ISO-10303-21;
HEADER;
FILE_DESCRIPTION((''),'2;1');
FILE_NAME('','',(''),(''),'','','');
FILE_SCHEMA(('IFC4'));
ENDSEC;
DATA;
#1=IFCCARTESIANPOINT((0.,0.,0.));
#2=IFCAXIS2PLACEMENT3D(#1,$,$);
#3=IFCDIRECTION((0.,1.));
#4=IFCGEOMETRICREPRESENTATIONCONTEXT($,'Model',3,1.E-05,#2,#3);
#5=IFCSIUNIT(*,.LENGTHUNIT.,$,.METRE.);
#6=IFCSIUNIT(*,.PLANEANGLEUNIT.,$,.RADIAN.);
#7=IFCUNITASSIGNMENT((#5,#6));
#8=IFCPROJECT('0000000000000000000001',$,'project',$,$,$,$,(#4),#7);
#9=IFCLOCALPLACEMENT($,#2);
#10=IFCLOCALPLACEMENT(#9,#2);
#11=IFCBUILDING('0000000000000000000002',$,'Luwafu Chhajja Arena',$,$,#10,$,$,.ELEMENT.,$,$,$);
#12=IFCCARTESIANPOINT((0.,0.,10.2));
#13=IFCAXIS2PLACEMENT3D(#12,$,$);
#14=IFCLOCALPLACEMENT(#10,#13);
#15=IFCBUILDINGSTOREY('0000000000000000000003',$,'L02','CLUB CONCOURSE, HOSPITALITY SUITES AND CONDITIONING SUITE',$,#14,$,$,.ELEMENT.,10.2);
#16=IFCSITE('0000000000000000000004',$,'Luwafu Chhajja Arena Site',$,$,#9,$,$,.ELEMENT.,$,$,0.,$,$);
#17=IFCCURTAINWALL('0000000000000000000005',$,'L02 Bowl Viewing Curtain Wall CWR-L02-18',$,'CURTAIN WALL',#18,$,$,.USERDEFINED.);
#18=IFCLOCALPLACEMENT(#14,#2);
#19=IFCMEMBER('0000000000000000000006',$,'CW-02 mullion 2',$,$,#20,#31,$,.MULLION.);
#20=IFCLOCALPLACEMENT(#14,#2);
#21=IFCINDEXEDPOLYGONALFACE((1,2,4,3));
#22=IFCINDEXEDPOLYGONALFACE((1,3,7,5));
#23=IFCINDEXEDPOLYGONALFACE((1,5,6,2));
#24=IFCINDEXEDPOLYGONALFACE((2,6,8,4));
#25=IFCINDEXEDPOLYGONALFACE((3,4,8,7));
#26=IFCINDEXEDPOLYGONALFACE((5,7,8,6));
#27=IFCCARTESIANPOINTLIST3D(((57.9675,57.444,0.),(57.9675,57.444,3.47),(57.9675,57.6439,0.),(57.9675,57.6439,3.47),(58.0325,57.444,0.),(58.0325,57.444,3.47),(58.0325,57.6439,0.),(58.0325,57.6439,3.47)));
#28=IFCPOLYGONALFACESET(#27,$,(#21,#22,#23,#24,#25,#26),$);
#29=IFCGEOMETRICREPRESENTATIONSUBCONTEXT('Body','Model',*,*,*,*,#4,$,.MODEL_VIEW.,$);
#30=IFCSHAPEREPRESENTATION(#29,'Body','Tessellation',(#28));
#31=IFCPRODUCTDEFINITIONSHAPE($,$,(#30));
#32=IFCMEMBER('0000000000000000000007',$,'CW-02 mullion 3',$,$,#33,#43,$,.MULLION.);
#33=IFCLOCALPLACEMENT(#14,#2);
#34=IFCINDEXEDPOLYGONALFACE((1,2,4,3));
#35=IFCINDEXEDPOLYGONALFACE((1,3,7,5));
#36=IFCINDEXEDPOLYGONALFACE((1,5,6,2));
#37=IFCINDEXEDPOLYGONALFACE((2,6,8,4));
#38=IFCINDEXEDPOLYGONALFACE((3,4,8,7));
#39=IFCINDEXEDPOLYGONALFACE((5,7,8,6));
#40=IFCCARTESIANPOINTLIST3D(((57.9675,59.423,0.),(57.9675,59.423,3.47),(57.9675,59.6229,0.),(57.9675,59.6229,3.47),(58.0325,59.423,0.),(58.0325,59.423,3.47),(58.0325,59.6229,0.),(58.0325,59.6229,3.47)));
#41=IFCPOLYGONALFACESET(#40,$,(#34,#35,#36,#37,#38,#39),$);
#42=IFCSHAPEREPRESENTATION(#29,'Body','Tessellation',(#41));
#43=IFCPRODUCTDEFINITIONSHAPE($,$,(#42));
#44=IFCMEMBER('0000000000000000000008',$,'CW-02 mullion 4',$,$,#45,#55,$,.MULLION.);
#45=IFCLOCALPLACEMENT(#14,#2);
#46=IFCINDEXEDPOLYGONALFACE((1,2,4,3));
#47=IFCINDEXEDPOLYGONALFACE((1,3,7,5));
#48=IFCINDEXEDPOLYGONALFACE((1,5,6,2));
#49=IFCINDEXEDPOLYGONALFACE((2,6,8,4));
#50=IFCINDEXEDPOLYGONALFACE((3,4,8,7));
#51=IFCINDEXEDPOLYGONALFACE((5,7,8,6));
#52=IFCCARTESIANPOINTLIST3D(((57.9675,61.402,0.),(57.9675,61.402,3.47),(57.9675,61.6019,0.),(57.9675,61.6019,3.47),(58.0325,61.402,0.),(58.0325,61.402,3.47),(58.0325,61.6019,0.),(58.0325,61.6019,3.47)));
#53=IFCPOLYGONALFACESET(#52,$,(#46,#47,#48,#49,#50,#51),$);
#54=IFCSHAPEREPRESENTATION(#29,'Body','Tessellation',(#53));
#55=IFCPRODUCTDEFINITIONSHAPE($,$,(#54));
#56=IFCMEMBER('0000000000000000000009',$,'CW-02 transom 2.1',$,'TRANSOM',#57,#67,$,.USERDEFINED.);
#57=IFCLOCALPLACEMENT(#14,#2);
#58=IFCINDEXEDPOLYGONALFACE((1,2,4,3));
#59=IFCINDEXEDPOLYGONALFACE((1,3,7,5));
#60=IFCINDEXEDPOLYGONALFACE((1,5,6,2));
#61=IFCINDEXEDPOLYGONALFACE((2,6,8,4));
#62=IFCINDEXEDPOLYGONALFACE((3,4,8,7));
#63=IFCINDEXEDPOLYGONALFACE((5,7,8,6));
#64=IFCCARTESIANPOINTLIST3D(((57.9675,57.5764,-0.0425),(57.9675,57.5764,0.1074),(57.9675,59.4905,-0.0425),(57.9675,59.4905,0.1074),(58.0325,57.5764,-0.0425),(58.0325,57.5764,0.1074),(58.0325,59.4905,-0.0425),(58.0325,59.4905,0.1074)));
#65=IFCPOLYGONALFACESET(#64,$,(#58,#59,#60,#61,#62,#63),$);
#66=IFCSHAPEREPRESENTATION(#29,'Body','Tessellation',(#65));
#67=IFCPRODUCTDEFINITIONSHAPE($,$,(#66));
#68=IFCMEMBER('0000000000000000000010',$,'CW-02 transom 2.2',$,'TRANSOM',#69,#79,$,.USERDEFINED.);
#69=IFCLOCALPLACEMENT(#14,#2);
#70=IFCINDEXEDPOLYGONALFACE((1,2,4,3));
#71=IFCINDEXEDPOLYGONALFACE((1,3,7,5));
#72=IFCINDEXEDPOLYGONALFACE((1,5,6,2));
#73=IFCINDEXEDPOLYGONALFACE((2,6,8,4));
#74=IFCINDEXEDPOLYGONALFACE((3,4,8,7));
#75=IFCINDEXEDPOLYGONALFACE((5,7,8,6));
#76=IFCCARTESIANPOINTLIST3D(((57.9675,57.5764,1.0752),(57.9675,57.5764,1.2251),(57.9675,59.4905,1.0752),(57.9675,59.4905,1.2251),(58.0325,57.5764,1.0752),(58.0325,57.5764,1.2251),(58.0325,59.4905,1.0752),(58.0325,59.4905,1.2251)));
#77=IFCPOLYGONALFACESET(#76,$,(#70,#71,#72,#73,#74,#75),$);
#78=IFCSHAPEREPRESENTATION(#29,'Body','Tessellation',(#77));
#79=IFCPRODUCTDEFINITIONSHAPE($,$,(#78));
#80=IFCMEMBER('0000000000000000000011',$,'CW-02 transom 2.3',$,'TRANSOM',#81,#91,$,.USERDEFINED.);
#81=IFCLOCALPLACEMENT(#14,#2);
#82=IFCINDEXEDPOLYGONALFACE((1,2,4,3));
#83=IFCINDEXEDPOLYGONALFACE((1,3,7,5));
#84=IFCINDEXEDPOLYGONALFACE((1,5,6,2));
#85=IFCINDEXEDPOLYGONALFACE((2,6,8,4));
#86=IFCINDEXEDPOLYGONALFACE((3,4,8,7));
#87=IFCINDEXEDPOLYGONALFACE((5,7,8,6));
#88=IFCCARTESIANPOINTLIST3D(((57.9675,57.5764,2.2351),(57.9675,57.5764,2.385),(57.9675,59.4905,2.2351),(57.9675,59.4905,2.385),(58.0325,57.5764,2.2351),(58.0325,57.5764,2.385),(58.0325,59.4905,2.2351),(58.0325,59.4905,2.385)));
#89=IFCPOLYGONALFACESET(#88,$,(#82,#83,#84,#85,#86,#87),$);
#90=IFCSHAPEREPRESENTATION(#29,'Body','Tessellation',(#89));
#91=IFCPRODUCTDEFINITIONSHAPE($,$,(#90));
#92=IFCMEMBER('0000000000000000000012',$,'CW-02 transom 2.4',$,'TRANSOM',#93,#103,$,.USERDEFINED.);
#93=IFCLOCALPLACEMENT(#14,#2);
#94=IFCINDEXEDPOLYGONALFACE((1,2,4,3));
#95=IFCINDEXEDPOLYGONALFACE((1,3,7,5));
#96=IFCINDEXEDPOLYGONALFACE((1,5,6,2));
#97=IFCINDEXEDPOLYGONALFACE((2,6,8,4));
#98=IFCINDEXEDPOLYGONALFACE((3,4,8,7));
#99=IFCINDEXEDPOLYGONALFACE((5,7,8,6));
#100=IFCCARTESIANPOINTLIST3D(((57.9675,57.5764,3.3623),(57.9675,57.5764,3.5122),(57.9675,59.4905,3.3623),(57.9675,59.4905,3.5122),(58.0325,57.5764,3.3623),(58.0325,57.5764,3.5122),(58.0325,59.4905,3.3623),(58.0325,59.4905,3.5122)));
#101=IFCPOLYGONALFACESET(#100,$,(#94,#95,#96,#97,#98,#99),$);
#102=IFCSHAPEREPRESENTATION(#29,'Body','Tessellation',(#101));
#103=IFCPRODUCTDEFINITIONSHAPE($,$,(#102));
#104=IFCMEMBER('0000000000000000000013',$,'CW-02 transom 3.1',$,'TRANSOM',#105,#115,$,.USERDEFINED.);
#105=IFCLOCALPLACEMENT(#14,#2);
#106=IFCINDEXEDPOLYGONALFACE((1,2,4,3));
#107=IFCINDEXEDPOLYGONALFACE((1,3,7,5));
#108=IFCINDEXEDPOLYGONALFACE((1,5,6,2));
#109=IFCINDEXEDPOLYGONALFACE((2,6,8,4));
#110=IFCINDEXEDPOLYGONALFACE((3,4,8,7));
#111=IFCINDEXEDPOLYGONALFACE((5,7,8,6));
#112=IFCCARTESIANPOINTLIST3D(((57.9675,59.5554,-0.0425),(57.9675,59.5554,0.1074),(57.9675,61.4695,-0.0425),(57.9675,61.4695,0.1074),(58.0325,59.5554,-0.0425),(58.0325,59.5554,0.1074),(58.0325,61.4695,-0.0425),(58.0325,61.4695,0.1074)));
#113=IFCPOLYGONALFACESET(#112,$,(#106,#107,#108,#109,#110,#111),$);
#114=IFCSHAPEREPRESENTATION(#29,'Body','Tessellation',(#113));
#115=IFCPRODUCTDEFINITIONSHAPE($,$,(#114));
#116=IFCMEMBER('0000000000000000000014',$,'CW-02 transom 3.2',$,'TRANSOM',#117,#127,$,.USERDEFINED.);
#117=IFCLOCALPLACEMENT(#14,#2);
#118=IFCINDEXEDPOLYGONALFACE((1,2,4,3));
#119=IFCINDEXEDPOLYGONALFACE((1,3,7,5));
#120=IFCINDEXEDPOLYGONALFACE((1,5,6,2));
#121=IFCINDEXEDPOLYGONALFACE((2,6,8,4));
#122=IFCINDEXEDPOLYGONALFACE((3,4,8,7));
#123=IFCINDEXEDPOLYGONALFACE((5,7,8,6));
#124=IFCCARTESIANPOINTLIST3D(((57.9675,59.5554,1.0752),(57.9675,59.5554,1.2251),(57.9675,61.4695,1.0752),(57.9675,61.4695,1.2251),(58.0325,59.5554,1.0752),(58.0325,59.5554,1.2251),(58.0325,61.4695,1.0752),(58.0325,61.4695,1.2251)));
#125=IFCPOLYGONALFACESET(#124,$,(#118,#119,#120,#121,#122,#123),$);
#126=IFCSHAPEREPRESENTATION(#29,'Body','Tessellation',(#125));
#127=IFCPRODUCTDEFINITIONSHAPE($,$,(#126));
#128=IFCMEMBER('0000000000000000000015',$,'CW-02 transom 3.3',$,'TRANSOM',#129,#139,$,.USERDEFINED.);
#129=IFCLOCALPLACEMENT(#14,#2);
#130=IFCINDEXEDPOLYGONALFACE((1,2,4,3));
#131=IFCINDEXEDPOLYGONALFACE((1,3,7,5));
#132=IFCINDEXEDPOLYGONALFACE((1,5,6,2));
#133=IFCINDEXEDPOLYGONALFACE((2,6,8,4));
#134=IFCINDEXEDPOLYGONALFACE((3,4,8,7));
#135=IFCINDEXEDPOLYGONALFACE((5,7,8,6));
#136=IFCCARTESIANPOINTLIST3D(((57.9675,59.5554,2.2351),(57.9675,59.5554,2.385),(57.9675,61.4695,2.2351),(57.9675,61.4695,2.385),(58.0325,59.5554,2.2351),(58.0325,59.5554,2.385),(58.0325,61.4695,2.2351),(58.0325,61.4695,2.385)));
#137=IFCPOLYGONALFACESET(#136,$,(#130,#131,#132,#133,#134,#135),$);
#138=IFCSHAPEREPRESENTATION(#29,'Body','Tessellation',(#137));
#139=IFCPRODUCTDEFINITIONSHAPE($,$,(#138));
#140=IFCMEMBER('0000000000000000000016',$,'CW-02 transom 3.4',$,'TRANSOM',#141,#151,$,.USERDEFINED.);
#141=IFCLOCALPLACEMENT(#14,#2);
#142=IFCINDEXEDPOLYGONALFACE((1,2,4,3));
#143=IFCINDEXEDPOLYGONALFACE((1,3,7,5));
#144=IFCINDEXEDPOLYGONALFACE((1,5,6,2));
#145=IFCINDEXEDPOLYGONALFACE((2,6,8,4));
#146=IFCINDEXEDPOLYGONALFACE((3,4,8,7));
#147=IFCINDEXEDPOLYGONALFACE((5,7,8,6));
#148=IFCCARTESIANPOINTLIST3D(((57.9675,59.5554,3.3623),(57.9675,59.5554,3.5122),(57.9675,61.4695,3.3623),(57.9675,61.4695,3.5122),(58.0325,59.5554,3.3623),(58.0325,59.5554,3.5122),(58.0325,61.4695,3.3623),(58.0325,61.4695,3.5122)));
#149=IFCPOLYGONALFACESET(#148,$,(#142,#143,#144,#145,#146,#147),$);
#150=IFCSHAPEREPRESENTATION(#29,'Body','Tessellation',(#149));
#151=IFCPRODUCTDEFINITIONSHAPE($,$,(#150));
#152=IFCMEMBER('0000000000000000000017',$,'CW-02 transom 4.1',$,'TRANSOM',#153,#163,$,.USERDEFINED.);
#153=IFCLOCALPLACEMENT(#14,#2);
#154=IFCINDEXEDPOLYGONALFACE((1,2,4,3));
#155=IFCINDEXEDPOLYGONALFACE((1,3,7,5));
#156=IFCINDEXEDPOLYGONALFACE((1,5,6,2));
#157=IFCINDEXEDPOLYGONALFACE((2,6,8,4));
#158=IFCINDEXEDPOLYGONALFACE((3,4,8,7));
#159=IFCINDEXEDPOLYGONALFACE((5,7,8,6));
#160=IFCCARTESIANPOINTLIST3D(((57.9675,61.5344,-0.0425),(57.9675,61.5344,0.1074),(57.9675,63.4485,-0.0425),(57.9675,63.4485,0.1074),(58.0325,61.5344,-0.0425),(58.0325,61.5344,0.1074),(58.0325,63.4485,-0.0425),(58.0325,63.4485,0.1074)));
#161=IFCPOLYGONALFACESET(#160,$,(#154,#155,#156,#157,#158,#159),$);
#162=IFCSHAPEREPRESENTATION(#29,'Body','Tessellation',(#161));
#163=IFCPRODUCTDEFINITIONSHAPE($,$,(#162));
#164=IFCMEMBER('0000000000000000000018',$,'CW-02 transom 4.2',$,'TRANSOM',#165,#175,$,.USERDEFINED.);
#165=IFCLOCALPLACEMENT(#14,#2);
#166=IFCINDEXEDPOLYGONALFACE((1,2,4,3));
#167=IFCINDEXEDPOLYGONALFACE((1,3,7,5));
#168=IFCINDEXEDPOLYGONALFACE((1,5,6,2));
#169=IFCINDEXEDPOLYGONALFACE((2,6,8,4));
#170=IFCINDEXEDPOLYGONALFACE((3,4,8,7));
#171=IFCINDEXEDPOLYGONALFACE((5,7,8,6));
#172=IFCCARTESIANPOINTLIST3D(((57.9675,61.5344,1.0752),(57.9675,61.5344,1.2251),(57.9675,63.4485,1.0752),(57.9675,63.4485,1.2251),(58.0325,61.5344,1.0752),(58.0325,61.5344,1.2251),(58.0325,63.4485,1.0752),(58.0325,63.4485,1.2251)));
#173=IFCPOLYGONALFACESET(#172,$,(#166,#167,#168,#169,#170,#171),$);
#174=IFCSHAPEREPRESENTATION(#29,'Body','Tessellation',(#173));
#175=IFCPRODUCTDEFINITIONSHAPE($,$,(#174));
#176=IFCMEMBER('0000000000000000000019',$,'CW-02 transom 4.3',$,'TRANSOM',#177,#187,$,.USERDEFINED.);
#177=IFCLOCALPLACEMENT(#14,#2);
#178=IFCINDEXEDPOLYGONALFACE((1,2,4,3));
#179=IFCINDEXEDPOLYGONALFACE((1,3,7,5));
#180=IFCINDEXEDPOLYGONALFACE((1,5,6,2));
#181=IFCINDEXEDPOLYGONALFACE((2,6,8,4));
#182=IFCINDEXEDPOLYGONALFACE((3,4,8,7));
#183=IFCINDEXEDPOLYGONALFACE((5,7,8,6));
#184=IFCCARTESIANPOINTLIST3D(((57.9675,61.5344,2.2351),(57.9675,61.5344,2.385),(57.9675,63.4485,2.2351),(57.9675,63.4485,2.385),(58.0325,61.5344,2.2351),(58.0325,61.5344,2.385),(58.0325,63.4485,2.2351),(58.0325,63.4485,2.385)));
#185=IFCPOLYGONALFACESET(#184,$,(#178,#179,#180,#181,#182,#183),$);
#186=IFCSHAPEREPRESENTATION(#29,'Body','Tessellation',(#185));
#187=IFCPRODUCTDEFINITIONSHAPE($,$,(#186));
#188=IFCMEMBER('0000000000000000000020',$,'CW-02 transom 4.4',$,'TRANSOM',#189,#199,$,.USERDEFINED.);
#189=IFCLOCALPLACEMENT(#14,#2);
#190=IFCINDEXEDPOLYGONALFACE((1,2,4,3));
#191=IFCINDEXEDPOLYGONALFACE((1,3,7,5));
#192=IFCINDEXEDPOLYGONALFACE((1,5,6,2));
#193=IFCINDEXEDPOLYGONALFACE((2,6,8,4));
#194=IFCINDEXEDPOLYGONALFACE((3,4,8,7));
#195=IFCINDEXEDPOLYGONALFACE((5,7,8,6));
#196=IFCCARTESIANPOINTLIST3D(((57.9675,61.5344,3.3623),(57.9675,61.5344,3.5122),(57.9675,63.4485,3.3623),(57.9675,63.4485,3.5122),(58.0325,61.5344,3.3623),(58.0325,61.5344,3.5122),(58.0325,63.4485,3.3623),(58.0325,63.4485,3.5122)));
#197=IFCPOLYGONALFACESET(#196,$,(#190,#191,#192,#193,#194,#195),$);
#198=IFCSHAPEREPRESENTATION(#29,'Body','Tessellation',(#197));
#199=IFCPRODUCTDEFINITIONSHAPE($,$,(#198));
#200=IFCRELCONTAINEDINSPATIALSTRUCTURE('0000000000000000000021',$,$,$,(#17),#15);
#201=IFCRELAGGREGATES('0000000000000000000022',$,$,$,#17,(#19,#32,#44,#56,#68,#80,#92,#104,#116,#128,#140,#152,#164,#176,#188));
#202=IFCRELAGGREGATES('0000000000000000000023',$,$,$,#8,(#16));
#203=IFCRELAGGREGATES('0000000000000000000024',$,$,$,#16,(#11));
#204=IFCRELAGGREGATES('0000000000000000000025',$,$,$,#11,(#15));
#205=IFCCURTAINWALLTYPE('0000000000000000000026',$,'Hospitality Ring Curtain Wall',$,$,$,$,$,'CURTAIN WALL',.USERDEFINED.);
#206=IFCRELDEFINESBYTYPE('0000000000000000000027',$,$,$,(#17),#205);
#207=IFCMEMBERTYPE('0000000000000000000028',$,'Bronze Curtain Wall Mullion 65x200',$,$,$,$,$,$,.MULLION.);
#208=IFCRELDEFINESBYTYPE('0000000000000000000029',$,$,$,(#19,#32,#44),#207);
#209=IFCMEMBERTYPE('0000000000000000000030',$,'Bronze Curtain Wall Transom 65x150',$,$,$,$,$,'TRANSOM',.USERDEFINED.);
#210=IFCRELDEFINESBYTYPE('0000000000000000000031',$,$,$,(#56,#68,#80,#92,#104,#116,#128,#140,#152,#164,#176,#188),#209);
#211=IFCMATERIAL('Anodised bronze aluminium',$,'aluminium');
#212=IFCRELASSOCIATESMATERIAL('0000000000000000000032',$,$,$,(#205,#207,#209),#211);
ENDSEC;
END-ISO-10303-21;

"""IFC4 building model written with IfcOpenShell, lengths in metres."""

from ifc_helpers import new_model, si_unit, direction, frame, origin, origin_2d, place, context, subcontext, project, spatial, rectangle, extrude, material, material_profile, profile_set, type_object, element, aggregate, save


model = new_model("IFC4")

# Units and contexts
model_context = context("Model", 3, precision=1e-05, world=origin(), true_north=direction((0.0, 1.0)))
body_context = subcontext(model_context, "Body", "Model", "MODEL_VIEW")
ifc_project = project(units=[si_unit("LENGTHUNIT", "METRE"), si_unit("PLANEANGLEUNIT", "RADIAN")], contexts=[model_context])

# Site, building, storey
site_placement = place(None, origin())
site = spatial("IfcSite", under=ifc_project, at=site_placement, Name="Luwafu Chhajja Arena Site", CompositionType="ELEMENT", RefElevation=0.0)
building_placement = place(site_placement, origin())
building = spatial("IfcBuilding", under=site, at=building_placement, Name="Luwafu Chhajja Arena", CompositionType="ELEMENT")
storey_placement = place(building_placement, frame((0.0, 0.0, 10.2)))
storey = spatial("IfcBuildingStorey", under=building, at=storey_placement, Name="L02", Description="CLUB CONCOURSE, HOSPITALITY SUITES AND CONDITIONING SUITE", CompositionType="ELEMENT", Elevation=10.2)

# Curtain wall, members
ifc_material_1 = material(Name="Anodised bronze aluminium", Category="aluminium")
curtain_wall_type = type_object("IfcCurtainWallType", Name="Hospitality Ring Curtain Wall", ElementType="CURTAIN WALL", PredefinedType="USERDEFINED", material=ifc_material_1)
curtain_wall_placement = place(storey_placement, origin())
curtain_wall = element("IfcCurtainWall", 1, at=curtain_wall_placement, inside=storey, type_object=curtain_wall_type, Name="L02 Bowl Viewing Curtain Wall CWR-L02-18", ObjectType="CURTAIN WALL", PredefinedType="USERDEFINED")
ifc_material_profile_1 = material_profile(ifc_material_1, rectangle(XDim=0.0649, YDim=0.2, at=origin_2d()), Name="CWM 65x200")
ifc_profile_set_1 = profile_set([ifc_material_profile_1], Name="Anodised bronze aluminium")
member_type_1 = type_object("IfcMemberType", Name="Bronze Curtain Wall Mullion 65x200", PredefinedType="MULLION", material=ifc_profile_set_1)
member_1_placement = place(storey_placement, frame((58.0, 57.5439, 0.0), z_axis=(0.0, 0.0, 1.0), x_axis=(-1.0, 0.0, 0.0)))
member_1 = element("IfcMember", 2, at=member_1_placement, type_object=member_type_1, Name="CW-02 mullion 2", PredefinedType="MULLION", context=body_context, shape_type="SweptSolid", body=[
    extrude(rectangle(XDim=0.0649, YDim=0.2, at=origin_2d()), origin(), (0.0, 0.0, 1.0), 3.47),
])
member_2_placement = place(storey_placement, frame((58.0, 59.5229, 0.0), z_axis=(0.0, 0.0, 1.0), x_axis=(-1.0, 0.0, 0.0)))
member_2 = element("IfcMember", 3, at=member_2_placement, type_object=member_type_1, Name="CW-02 mullion 3", PredefinedType="MULLION", context=body_context, shape_type="SweptSolid", body=[
    extrude(rectangle(XDim=0.0649, YDim=0.2, at=origin_2d()), origin(), (0.0, 0.0, 1.0), 3.47),
])
member_3_placement = place(storey_placement, frame((58.0, 61.502, 0.0), z_axis=(0.0, 0.0, 1.0), x_axis=(-1.0, 0.0, 0.0)))
member_3 = element("IfcMember", 4, at=member_3_placement, type_object=member_type_1, Name="CW-02 mullion 4", PredefinedType="MULLION", context=body_context, shape_type="SweptSolid", body=[
    extrude(rectangle(XDim=0.0649, YDim=0.2, at=origin_2d()), origin(), (0.0, 0.0, 1.0), 3.47),
])
ifc_material_profile_2 = material_profile(ifc_material_1, rectangle(XDim=0.0649, YDim=0.1499, at=origin_2d()), Name="CWT 65x150")
ifc_profile_set_2 = profile_set([ifc_material_profile_2], Name="Anodised bronze aluminium")
member_type_2 = type_object("IfcMemberType", Name="Bronze Curtain Wall Transom 65x150", ElementType="TRANSOM", PredefinedType="USERDEFINED", material=ifc_profile_set_2)
member_4_placement = place(storey_placement, frame((58.0, 57.5764, 0.0325), z_axis=(0.0, 1.0, 0.0), x_axis=(-1.0, 0.0, 0.0)))
member_4 = element("IfcMember", 5, at=member_4_placement, type_object=member_type_2, Name="CW-02 transom 2.1", ObjectType="TRANSOM", PredefinedType="USERDEFINED", context=body_context, shape_type="SweptSolid", body=[
    extrude(rectangle(XDim=0.0649, YDim=0.1499, at=origin_2d()), origin(), (0.0, 0.0, 1.0), 1.9141),
])
member_5_placement = place(storey_placement, frame((58.0, 57.5764, 1.1501), z_axis=(0.0, 1.0, 0.0), x_axis=(-1.0, 0.0, 0.0)))
member_5 = element("IfcMember", 6, at=member_5_placement, type_object=member_type_2, Name="CW-02 transom 2.2", ObjectType="TRANSOM", PredefinedType="USERDEFINED", context=body_context, shape_type="SweptSolid", body=[
    extrude(rectangle(XDim=0.0649, YDim=0.1499, at=origin_2d()), origin(), (0.0, 0.0, 1.0), 1.9141),
])
member_6_placement = place(storey_placement, frame((58.0, 57.5764, 2.3101), z_axis=(0.0, 1.0, 0.0), x_axis=(-1.0, 0.0, 0.0)))
member_6 = element("IfcMember", 7, at=member_6_placement, type_object=member_type_2, Name="CW-02 transom 2.3", ObjectType="TRANSOM", PredefinedType="USERDEFINED", context=body_context, shape_type="SweptSolid", body=[
    extrude(rectangle(XDim=0.0649, YDim=0.1499, at=origin_2d()), origin(), (0.0, 0.0, 1.0), 1.9141),
])
member_7_placement = place(storey_placement, frame((58.0, 57.5764, 3.4373), z_axis=(0.0, 1.0, 0.0), x_axis=(-1.0, 0.0, 0.0)))
member_7 = element("IfcMember", 8, at=member_7_placement, type_object=member_type_2, Name="CW-02 transom 2.4", ObjectType="TRANSOM", PredefinedType="USERDEFINED", context=body_context, shape_type="SweptSolid", body=[
    extrude(rectangle(XDim=0.0649, YDim=0.1499, at=origin_2d()), origin(), (0.0, 0.0, 1.0), 1.9141),
])
member_8_placement = place(storey_placement, frame((58.0, 59.5554, 0.0325), z_axis=(0.0, 1.0, 0.0), x_axis=(-1.0, 0.0, 0.0)))
member_8 = element("IfcMember", 9, at=member_8_placement, type_object=member_type_2, Name="CW-02 transom 3.1", ObjectType="TRANSOM", PredefinedType="USERDEFINED", context=body_context, shape_type="SweptSolid", body=[
    extrude(rectangle(XDim=0.0649, YDim=0.1499, at=origin_2d()), origin(), (0.0, 0.0, 1.0), 1.9141),
])
member_9_placement = place(storey_placement, frame((58.0, 59.5554, 1.1501), z_axis=(0.0, 1.0, 0.0), x_axis=(-1.0, 0.0, 0.0)))
member_9 = element("IfcMember", 10, at=member_9_placement, type_object=member_type_2, Name="CW-02 transom 3.2", ObjectType="TRANSOM", PredefinedType="USERDEFINED", context=body_context, shape_type="SweptSolid", body=[
    extrude(rectangle(XDim=0.0649, YDim=0.1499, at=origin_2d()), origin(), (0.0, 0.0, 1.0), 1.9141),
])
member_10_placement = place(storey_placement, frame((58.0, 59.5554, 2.3101), z_axis=(0.0, 1.0, 0.0), x_axis=(-1.0, 0.0, 0.0)))
member_10 = element("IfcMember", 11, at=member_10_placement, type_object=member_type_2, Name="CW-02 transom 3.3", ObjectType="TRANSOM", PredefinedType="USERDEFINED", context=body_context, shape_type="SweptSolid", body=[
    extrude(rectangle(XDim=0.0649, YDim=0.1499, at=origin_2d()), origin(), (0.0, 0.0, 1.0), 1.9141),
])
member_11_placement = place(storey_placement, frame((58.0, 59.5554, 3.4373), z_axis=(0.0, 1.0, 0.0), x_axis=(-1.0, 0.0, 0.0)))
member_11 = element("IfcMember", 12, at=member_11_placement, type_object=member_type_2, Name="CW-02 transom 3.4", ObjectType="TRANSOM", PredefinedType="USERDEFINED", context=body_context, shape_type="SweptSolid", body=[
    extrude(rectangle(XDim=0.0649, YDim=0.1499, at=origin_2d()), origin(), (0.0, 0.0, 1.0), 1.9141),
])
member_12_placement = place(storey_placement, frame((58.0, 61.5344, 0.0325), z_axis=(0.0, 1.0, 0.0), x_axis=(-1.0, 0.0, 0.0)))
member_12 = element("IfcMember", 13, at=member_12_placement, type_object=member_type_2, Name="CW-02 transom 4.1", ObjectType="TRANSOM", PredefinedType="USERDEFINED", context=body_context, shape_type="SweptSolid", body=[
    extrude(rectangle(XDim=0.0649, YDim=0.1499, at=origin_2d()), origin(), (0.0, 0.0, 1.0), 1.9141),
])
member_13_placement = place(storey_placement, frame((58.0, 61.5344, 1.1501), z_axis=(0.0, 1.0, 0.0), x_axis=(-1.0, 0.0, 0.0)))
member_13 = element("IfcMember", 14, at=member_13_placement, type_object=member_type_2, Name="CW-02 transom 4.2", ObjectType="TRANSOM", PredefinedType="USERDEFINED", context=body_context, shape_type="SweptSolid", body=[
    extrude(rectangle(XDim=0.0649, YDim=0.1499, at=origin_2d()), origin(), (0.0, 0.0, 1.0), 1.9141),
])
member_14_placement = place(storey_placement, frame((58.0, 61.5344, 2.3101), z_axis=(0.0, 1.0, 0.0), x_axis=(-1.0, 0.0, 0.0)))
member_14 = element("IfcMember", 15, at=member_14_placement, type_object=member_type_2, Name="CW-02 transom 4.3", ObjectType="TRANSOM", PredefinedType="USERDEFINED", context=body_context, shape_type="SweptSolid", body=[
    extrude(rectangle(XDim=0.0649, YDim=0.1499, at=origin_2d()), origin(), (0.0, 0.0, 1.0), 1.9141),
])
member_15_placement = place(storey_placement, frame((58.0, 61.5344, 3.4373), z_axis=(0.0, 1.0, 0.0), x_axis=(-1.0, 0.0, 0.0)))
member_15 = element("IfcMember", 16, at=member_15_placement, type_object=member_type_2, Name="CW-02 transom 4.4", ObjectType="TRANSOM", PredefinedType="USERDEFINED", context=body_context, shape_type="SweptSolid", body=[
    extrude(rectangle(XDim=0.0649, YDim=0.1499, at=origin_2d()), origin(), (0.0, 0.0, 1.0), 1.9141),
])
aggregate(curtain_wall, [member_1, member_2, member_3, member_4, member_5, member_6, member_7, member_8, member_9, member_10, member_11, member_12, member_13, member_14, member_15])

save(model, "model.ifc")
